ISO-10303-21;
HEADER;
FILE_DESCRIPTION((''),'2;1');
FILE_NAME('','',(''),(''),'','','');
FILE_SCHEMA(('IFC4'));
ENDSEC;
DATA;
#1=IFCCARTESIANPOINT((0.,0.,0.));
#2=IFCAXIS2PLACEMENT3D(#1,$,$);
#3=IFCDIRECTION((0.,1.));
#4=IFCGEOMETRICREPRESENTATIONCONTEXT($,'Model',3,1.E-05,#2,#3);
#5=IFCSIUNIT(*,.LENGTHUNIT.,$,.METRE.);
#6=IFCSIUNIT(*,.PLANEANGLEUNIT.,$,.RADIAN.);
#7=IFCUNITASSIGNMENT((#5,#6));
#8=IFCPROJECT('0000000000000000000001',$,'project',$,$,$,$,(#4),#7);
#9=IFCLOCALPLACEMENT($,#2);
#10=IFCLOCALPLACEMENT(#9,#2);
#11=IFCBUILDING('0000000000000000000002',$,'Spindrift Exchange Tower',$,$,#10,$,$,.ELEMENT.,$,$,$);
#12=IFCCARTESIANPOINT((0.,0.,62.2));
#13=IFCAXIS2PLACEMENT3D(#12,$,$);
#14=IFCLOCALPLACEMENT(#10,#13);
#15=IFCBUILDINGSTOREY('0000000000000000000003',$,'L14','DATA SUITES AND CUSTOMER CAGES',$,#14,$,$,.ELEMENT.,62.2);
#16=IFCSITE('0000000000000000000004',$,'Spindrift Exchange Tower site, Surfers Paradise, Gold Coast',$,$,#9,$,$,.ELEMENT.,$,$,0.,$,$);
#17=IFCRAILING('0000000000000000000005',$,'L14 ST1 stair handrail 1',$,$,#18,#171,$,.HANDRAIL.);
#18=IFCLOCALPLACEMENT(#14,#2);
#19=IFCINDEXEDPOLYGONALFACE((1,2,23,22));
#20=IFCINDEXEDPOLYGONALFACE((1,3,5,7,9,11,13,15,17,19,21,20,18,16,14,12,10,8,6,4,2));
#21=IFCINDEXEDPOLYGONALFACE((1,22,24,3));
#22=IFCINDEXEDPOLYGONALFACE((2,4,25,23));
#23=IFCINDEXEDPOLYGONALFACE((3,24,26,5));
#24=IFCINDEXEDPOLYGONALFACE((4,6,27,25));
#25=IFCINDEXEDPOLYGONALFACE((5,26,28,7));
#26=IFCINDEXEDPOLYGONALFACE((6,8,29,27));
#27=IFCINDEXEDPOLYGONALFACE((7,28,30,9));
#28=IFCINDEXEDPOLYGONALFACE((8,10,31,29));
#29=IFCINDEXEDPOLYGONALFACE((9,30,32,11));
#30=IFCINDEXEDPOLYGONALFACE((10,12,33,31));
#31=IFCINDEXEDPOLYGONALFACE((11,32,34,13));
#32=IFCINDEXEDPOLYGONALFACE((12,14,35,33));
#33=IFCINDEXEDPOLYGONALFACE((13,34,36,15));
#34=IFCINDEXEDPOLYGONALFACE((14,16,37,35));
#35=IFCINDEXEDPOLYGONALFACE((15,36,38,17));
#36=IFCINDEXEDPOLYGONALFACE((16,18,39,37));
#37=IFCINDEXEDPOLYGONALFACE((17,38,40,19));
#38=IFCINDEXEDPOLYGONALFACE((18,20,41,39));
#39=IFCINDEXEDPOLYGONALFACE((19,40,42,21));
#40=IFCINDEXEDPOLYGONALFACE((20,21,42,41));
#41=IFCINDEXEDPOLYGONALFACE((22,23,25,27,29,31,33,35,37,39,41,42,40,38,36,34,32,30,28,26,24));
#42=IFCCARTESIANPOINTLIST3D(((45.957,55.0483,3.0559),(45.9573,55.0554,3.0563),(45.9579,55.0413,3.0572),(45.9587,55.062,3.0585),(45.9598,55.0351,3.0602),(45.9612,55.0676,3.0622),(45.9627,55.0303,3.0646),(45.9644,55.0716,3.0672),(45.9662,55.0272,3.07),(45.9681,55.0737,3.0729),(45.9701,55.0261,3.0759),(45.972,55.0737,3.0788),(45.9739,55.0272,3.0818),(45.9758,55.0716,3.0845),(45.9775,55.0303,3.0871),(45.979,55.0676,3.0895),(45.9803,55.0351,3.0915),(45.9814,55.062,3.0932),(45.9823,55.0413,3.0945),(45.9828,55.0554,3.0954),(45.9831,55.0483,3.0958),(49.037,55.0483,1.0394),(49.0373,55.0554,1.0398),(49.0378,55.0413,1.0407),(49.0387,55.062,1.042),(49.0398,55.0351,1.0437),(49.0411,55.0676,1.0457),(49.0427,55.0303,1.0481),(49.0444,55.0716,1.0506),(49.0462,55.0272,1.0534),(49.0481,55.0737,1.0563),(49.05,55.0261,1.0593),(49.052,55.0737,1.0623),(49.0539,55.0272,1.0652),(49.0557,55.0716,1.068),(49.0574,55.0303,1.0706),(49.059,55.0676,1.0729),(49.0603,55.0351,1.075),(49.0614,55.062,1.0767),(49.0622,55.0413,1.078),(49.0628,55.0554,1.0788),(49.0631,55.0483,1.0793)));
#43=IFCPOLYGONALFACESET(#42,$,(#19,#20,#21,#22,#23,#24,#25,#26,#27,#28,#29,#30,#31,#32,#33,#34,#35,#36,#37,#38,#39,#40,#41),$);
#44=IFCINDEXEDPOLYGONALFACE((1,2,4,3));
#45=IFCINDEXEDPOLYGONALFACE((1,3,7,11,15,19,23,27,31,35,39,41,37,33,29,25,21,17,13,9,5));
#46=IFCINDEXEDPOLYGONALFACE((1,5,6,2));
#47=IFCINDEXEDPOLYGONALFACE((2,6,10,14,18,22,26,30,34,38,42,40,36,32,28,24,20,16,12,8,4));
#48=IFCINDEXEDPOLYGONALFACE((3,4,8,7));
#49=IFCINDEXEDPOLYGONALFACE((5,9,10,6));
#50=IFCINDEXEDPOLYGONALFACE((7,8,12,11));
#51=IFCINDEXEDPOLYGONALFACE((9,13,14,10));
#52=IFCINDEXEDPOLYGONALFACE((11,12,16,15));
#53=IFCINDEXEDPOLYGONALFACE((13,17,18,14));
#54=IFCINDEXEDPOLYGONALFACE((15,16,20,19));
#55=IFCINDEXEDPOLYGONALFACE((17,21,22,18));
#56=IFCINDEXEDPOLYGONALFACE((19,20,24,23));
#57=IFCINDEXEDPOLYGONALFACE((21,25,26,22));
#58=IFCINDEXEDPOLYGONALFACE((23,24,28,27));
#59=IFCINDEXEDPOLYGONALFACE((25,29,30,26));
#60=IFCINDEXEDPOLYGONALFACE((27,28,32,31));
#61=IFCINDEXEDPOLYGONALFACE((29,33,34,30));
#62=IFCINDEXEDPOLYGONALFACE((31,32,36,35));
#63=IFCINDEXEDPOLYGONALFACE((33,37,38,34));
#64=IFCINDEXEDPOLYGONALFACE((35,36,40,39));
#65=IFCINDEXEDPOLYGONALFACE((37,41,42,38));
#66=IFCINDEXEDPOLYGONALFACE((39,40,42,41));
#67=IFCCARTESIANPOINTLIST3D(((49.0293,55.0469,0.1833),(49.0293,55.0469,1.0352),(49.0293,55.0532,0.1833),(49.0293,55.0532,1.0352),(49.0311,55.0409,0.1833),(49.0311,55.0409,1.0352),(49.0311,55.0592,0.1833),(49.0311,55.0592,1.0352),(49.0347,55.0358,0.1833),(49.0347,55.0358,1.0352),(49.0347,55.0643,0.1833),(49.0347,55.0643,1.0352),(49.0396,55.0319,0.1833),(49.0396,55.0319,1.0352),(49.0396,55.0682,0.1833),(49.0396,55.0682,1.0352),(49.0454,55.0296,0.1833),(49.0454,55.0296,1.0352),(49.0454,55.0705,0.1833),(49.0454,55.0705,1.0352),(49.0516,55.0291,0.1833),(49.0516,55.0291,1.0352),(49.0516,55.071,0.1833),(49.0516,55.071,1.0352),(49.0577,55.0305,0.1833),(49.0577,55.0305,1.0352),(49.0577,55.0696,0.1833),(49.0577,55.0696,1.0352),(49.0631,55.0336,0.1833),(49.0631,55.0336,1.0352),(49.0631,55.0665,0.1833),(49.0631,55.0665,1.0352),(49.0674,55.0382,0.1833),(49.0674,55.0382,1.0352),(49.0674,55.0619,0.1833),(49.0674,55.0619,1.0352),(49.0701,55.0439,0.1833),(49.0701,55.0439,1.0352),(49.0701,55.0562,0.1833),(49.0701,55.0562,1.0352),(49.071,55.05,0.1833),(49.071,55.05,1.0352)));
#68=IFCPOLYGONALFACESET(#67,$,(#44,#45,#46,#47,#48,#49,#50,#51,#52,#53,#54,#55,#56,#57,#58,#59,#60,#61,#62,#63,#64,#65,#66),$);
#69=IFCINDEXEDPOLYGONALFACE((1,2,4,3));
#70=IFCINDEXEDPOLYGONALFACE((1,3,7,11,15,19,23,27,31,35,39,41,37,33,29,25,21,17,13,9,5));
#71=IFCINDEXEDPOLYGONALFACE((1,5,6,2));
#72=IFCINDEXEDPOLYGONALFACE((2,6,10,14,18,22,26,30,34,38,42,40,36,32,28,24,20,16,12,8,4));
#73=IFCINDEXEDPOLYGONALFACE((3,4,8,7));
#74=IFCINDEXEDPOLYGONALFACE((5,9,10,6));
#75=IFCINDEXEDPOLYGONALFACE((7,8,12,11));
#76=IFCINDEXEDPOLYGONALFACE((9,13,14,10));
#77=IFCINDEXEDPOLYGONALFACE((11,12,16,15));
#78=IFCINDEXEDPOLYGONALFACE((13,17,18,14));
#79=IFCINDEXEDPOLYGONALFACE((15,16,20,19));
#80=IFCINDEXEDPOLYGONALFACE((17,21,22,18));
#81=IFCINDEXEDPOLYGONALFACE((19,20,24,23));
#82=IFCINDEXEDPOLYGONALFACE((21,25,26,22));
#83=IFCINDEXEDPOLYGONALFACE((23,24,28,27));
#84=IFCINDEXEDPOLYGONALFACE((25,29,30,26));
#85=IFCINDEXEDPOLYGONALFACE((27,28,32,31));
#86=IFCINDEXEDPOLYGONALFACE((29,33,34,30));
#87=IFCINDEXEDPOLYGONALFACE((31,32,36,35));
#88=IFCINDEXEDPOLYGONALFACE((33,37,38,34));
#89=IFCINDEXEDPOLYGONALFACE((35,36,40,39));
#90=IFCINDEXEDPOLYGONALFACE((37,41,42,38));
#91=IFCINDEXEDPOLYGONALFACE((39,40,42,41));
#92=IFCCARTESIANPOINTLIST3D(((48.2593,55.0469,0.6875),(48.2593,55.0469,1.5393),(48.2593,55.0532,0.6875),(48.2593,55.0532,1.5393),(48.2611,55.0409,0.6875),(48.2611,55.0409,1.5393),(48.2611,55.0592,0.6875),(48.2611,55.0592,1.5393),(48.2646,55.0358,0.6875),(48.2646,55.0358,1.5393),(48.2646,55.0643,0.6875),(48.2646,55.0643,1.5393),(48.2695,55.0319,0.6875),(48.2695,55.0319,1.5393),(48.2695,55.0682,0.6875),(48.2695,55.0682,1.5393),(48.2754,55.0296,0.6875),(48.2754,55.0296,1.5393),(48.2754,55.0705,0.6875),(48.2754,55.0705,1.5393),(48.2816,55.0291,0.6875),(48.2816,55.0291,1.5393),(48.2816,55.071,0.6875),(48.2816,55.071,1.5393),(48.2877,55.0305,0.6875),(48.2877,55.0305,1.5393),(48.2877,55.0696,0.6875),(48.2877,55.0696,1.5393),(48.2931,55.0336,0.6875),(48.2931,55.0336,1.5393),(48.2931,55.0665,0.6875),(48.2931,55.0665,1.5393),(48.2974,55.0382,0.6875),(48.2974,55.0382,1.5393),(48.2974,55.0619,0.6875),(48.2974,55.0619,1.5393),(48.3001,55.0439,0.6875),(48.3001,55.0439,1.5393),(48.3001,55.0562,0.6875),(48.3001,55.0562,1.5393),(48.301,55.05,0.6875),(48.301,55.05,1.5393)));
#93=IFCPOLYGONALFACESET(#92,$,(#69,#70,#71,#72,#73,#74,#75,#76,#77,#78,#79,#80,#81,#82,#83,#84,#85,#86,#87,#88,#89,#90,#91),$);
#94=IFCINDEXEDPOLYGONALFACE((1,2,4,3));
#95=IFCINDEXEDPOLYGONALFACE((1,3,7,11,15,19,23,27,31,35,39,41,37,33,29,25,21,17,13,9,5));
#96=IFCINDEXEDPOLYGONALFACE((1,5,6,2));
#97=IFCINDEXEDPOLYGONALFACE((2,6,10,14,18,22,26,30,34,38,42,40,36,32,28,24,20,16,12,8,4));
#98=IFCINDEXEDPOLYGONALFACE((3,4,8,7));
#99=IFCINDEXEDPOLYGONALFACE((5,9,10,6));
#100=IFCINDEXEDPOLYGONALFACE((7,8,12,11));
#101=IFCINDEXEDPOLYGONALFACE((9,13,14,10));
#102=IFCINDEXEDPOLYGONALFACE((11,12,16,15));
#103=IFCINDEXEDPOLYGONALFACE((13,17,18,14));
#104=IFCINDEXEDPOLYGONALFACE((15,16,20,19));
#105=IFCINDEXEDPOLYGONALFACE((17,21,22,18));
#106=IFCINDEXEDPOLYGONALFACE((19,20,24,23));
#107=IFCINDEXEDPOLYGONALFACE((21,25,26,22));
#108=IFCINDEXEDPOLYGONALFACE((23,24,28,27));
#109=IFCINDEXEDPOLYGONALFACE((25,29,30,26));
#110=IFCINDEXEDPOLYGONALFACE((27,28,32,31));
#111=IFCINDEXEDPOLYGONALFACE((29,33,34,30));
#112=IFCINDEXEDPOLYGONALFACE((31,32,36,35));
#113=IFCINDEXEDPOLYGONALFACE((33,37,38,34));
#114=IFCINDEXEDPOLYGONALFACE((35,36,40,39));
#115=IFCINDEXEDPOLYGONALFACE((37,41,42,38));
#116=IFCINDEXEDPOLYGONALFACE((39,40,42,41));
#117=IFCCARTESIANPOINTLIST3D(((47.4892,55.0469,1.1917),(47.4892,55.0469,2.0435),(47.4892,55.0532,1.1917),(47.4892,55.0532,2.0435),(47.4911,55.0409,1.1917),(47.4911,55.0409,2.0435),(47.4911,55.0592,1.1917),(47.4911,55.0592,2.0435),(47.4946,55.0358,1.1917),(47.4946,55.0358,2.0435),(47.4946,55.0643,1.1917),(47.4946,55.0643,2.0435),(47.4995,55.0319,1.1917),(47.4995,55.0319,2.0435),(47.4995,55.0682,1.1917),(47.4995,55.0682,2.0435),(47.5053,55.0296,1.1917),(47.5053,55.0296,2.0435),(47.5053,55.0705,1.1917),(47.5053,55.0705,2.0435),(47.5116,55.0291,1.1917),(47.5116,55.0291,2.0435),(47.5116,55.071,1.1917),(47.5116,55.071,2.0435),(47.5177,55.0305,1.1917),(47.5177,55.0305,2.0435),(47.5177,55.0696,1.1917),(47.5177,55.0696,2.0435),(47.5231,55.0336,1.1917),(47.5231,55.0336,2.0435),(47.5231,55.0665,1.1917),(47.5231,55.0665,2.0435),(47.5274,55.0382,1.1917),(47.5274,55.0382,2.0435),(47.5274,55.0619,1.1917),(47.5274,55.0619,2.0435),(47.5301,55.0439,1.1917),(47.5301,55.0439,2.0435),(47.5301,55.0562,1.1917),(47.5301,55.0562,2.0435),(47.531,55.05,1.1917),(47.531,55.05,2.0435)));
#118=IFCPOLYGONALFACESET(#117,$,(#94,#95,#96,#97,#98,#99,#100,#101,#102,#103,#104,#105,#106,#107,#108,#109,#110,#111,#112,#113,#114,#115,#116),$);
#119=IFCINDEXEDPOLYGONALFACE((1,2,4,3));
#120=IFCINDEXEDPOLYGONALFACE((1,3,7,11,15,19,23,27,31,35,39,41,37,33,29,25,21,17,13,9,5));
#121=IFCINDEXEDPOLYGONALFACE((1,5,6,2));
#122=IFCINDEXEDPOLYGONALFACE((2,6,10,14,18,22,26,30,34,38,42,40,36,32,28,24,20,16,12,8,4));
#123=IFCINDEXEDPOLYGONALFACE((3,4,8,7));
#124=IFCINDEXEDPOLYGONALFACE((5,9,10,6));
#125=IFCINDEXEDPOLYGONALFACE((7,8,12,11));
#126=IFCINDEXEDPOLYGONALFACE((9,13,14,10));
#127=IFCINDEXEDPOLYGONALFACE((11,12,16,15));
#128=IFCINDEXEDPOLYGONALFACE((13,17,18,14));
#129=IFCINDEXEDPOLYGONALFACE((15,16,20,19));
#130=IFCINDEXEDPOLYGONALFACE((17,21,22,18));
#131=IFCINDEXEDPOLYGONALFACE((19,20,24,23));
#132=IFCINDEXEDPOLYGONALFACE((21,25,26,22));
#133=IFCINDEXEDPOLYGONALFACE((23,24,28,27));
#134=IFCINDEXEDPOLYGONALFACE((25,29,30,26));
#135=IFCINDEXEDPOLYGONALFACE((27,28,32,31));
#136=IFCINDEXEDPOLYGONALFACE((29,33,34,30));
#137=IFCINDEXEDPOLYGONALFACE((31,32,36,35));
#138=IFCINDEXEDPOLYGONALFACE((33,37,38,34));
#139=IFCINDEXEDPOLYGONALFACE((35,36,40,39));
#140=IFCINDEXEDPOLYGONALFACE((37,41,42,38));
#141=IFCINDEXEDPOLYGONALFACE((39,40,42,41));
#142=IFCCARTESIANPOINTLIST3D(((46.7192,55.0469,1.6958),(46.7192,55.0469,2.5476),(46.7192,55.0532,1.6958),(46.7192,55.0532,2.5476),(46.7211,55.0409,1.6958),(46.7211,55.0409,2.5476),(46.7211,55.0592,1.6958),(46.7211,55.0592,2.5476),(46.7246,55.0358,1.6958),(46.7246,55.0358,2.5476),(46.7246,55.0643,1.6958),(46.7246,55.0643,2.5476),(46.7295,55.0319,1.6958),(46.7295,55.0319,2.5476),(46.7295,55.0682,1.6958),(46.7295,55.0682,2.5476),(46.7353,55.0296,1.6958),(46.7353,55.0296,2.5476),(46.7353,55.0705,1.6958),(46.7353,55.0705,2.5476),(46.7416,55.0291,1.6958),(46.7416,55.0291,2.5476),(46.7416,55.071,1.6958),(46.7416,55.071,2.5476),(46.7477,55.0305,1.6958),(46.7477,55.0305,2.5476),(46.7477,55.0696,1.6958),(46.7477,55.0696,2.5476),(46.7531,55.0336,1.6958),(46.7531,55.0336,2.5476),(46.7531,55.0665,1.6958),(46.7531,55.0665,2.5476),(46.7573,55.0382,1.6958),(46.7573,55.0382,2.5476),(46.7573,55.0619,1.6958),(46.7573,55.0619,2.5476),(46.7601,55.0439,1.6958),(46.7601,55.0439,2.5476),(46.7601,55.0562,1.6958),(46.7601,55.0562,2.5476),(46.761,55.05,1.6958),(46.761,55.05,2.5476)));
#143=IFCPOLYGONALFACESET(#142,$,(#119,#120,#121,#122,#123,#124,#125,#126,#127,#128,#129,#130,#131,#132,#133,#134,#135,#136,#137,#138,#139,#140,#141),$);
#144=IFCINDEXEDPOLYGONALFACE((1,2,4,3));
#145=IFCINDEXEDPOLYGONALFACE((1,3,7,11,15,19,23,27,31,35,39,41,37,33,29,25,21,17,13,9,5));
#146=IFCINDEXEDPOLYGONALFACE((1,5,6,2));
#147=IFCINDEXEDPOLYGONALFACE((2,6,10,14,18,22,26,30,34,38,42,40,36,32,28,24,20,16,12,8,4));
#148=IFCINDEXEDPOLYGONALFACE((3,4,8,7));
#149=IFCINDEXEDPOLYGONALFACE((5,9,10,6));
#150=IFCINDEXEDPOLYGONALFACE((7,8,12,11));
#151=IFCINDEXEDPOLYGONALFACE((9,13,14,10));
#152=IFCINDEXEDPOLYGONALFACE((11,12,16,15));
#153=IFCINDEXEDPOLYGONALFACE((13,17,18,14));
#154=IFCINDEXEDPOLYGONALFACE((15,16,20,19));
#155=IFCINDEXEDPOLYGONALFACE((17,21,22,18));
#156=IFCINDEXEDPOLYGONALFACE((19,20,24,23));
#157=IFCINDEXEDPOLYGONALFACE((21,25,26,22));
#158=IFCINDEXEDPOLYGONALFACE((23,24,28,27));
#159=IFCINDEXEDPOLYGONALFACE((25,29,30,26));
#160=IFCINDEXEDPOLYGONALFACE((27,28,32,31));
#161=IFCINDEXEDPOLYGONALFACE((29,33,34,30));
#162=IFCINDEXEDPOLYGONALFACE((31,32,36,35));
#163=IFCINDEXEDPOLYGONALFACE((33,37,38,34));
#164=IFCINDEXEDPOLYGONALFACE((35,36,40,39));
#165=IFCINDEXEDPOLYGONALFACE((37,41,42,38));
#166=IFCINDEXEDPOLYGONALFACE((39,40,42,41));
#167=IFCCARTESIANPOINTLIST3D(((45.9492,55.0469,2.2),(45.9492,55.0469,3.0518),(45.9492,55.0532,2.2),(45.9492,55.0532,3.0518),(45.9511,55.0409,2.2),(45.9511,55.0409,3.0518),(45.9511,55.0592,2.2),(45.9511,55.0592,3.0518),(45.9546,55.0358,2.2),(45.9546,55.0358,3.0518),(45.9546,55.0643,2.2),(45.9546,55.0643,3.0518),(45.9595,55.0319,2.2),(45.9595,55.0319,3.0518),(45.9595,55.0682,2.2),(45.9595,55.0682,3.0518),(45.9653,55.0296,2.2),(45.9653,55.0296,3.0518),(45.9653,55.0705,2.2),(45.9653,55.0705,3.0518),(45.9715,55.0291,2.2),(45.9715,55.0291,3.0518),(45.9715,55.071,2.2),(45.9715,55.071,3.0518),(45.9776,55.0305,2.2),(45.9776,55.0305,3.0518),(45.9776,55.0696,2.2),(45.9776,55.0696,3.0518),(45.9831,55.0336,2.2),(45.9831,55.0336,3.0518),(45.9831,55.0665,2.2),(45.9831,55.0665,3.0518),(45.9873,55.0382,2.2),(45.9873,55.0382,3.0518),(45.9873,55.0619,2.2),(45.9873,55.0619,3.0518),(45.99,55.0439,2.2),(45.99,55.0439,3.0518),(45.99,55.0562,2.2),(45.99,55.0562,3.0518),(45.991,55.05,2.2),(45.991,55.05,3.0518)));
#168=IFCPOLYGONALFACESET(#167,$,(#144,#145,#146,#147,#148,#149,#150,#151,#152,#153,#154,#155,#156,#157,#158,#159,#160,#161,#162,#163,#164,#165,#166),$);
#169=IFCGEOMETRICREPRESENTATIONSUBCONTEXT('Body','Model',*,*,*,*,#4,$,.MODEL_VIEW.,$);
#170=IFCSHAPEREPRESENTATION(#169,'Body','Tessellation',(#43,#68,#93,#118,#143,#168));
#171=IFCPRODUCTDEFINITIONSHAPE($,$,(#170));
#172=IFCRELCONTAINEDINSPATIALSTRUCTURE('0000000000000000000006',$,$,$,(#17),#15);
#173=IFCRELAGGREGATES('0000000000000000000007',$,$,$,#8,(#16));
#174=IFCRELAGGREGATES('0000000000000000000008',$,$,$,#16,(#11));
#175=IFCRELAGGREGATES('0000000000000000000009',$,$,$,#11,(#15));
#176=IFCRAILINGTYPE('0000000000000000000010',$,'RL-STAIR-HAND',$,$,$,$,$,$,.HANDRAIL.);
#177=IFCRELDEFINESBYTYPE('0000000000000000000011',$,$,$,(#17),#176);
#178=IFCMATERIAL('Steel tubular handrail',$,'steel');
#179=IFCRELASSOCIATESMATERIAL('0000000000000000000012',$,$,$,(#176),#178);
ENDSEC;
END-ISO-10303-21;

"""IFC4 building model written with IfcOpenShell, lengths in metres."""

from ifc_helpers import new_model, si_unit, direction, frame, origin, origin_2d, place, context, subcontext, project, spatial, circle, extrude, material, type_object, element, save


model = new_model("IFC4")

# Units and contexts
model_context = context("Model", 3, precision=1e-05, world=origin(), true_north=direction((0.0, 1.0)))
body_context = subcontext(model_context, "Body", "Model", "MODEL_VIEW")
ifc_project = project(units=[si_unit("LENGTHUNIT", "METRE"), si_unit("PLANEANGLEUNIT", "RADIAN")], contexts=[model_context])

# Site, building, storey
site_placement = place(None, origin())
site = spatial("IfcSite", under=ifc_project, at=site_placement, Name="Spindrift Exchange Tower site, Surfers Paradise, Gold Coast", CompositionType="ELEMENT", RefElevation=0.0)
building_placement = place(site_placement, origin())
building = spatial("IfcBuilding", under=site, at=building_placement, Name="Spindrift Exchange Tower", CompositionType="ELEMENT")
storey_placement = place(building_placement, frame((0.0, 0.0, 62.2)))
storey = spatial("IfcBuildingStorey", under=building, at=storey_placement, Name="L14", Description="DATA SUITES AND CUSTOMER CAGES", CompositionType="ELEMENT", Elevation=62.2)

# Railing
ifc_material_1 = material(Name="Steel tubular handrail", Category="steel")
railing_type_1 = type_object("IfcRailingType", Name="RL-STAIR-HAND", PredefinedType="HANDRAIL", material=ifc_material_1)
railing_1_placement = place(storey_placement, frame((49.05, 55.05, 0.1833)))
element("IfcRailing", 1, at=railing_1_placement, inside=storey, type_object=railing_type_1, Name="L14 ST1 stair handrail 1", PredefinedType="HANDRAIL", context=body_context, shape_type="SweptSolid", body=[
    extrude(circle(Radius=0.0239, at=origin_2d()), frame((0.0, 0.0, 0.876), z_axis=(-0.836633, 0.0, 0.547764), x_axis=(0.0, -1.0, 0.0)), (0.0, 0.0, 1.0), 3.6814),
    extrude(circle(Radius=0.021, at=origin_2d()), origin(), (0.0, 0.0, 1.0), 0.8518),
    extrude(circle(Radius=0.021, at=origin_2d()), frame((-0.77, 0.0, 0.5042)), (0.0, 0.0, 1.0), 0.8518),
    extrude(circle(Radius=0.021, at=origin_2d()), frame((-1.54, 0.0, 1.0083)), (0.0, 0.0, 1.0), 0.8518),
    extrude(circle(Radius=0.021, at=origin_2d()), frame((-2.3101, 0.0, 1.5125)), (0.0, 0.0, 1.0), 0.8518),
    extrude(circle(Radius=0.021, at=origin_2d()), frame((-3.0801, 0.0, 2.0166)), (0.0, 0.0, 1.0), 0.8518),
])

save(model, "model.ifc")
